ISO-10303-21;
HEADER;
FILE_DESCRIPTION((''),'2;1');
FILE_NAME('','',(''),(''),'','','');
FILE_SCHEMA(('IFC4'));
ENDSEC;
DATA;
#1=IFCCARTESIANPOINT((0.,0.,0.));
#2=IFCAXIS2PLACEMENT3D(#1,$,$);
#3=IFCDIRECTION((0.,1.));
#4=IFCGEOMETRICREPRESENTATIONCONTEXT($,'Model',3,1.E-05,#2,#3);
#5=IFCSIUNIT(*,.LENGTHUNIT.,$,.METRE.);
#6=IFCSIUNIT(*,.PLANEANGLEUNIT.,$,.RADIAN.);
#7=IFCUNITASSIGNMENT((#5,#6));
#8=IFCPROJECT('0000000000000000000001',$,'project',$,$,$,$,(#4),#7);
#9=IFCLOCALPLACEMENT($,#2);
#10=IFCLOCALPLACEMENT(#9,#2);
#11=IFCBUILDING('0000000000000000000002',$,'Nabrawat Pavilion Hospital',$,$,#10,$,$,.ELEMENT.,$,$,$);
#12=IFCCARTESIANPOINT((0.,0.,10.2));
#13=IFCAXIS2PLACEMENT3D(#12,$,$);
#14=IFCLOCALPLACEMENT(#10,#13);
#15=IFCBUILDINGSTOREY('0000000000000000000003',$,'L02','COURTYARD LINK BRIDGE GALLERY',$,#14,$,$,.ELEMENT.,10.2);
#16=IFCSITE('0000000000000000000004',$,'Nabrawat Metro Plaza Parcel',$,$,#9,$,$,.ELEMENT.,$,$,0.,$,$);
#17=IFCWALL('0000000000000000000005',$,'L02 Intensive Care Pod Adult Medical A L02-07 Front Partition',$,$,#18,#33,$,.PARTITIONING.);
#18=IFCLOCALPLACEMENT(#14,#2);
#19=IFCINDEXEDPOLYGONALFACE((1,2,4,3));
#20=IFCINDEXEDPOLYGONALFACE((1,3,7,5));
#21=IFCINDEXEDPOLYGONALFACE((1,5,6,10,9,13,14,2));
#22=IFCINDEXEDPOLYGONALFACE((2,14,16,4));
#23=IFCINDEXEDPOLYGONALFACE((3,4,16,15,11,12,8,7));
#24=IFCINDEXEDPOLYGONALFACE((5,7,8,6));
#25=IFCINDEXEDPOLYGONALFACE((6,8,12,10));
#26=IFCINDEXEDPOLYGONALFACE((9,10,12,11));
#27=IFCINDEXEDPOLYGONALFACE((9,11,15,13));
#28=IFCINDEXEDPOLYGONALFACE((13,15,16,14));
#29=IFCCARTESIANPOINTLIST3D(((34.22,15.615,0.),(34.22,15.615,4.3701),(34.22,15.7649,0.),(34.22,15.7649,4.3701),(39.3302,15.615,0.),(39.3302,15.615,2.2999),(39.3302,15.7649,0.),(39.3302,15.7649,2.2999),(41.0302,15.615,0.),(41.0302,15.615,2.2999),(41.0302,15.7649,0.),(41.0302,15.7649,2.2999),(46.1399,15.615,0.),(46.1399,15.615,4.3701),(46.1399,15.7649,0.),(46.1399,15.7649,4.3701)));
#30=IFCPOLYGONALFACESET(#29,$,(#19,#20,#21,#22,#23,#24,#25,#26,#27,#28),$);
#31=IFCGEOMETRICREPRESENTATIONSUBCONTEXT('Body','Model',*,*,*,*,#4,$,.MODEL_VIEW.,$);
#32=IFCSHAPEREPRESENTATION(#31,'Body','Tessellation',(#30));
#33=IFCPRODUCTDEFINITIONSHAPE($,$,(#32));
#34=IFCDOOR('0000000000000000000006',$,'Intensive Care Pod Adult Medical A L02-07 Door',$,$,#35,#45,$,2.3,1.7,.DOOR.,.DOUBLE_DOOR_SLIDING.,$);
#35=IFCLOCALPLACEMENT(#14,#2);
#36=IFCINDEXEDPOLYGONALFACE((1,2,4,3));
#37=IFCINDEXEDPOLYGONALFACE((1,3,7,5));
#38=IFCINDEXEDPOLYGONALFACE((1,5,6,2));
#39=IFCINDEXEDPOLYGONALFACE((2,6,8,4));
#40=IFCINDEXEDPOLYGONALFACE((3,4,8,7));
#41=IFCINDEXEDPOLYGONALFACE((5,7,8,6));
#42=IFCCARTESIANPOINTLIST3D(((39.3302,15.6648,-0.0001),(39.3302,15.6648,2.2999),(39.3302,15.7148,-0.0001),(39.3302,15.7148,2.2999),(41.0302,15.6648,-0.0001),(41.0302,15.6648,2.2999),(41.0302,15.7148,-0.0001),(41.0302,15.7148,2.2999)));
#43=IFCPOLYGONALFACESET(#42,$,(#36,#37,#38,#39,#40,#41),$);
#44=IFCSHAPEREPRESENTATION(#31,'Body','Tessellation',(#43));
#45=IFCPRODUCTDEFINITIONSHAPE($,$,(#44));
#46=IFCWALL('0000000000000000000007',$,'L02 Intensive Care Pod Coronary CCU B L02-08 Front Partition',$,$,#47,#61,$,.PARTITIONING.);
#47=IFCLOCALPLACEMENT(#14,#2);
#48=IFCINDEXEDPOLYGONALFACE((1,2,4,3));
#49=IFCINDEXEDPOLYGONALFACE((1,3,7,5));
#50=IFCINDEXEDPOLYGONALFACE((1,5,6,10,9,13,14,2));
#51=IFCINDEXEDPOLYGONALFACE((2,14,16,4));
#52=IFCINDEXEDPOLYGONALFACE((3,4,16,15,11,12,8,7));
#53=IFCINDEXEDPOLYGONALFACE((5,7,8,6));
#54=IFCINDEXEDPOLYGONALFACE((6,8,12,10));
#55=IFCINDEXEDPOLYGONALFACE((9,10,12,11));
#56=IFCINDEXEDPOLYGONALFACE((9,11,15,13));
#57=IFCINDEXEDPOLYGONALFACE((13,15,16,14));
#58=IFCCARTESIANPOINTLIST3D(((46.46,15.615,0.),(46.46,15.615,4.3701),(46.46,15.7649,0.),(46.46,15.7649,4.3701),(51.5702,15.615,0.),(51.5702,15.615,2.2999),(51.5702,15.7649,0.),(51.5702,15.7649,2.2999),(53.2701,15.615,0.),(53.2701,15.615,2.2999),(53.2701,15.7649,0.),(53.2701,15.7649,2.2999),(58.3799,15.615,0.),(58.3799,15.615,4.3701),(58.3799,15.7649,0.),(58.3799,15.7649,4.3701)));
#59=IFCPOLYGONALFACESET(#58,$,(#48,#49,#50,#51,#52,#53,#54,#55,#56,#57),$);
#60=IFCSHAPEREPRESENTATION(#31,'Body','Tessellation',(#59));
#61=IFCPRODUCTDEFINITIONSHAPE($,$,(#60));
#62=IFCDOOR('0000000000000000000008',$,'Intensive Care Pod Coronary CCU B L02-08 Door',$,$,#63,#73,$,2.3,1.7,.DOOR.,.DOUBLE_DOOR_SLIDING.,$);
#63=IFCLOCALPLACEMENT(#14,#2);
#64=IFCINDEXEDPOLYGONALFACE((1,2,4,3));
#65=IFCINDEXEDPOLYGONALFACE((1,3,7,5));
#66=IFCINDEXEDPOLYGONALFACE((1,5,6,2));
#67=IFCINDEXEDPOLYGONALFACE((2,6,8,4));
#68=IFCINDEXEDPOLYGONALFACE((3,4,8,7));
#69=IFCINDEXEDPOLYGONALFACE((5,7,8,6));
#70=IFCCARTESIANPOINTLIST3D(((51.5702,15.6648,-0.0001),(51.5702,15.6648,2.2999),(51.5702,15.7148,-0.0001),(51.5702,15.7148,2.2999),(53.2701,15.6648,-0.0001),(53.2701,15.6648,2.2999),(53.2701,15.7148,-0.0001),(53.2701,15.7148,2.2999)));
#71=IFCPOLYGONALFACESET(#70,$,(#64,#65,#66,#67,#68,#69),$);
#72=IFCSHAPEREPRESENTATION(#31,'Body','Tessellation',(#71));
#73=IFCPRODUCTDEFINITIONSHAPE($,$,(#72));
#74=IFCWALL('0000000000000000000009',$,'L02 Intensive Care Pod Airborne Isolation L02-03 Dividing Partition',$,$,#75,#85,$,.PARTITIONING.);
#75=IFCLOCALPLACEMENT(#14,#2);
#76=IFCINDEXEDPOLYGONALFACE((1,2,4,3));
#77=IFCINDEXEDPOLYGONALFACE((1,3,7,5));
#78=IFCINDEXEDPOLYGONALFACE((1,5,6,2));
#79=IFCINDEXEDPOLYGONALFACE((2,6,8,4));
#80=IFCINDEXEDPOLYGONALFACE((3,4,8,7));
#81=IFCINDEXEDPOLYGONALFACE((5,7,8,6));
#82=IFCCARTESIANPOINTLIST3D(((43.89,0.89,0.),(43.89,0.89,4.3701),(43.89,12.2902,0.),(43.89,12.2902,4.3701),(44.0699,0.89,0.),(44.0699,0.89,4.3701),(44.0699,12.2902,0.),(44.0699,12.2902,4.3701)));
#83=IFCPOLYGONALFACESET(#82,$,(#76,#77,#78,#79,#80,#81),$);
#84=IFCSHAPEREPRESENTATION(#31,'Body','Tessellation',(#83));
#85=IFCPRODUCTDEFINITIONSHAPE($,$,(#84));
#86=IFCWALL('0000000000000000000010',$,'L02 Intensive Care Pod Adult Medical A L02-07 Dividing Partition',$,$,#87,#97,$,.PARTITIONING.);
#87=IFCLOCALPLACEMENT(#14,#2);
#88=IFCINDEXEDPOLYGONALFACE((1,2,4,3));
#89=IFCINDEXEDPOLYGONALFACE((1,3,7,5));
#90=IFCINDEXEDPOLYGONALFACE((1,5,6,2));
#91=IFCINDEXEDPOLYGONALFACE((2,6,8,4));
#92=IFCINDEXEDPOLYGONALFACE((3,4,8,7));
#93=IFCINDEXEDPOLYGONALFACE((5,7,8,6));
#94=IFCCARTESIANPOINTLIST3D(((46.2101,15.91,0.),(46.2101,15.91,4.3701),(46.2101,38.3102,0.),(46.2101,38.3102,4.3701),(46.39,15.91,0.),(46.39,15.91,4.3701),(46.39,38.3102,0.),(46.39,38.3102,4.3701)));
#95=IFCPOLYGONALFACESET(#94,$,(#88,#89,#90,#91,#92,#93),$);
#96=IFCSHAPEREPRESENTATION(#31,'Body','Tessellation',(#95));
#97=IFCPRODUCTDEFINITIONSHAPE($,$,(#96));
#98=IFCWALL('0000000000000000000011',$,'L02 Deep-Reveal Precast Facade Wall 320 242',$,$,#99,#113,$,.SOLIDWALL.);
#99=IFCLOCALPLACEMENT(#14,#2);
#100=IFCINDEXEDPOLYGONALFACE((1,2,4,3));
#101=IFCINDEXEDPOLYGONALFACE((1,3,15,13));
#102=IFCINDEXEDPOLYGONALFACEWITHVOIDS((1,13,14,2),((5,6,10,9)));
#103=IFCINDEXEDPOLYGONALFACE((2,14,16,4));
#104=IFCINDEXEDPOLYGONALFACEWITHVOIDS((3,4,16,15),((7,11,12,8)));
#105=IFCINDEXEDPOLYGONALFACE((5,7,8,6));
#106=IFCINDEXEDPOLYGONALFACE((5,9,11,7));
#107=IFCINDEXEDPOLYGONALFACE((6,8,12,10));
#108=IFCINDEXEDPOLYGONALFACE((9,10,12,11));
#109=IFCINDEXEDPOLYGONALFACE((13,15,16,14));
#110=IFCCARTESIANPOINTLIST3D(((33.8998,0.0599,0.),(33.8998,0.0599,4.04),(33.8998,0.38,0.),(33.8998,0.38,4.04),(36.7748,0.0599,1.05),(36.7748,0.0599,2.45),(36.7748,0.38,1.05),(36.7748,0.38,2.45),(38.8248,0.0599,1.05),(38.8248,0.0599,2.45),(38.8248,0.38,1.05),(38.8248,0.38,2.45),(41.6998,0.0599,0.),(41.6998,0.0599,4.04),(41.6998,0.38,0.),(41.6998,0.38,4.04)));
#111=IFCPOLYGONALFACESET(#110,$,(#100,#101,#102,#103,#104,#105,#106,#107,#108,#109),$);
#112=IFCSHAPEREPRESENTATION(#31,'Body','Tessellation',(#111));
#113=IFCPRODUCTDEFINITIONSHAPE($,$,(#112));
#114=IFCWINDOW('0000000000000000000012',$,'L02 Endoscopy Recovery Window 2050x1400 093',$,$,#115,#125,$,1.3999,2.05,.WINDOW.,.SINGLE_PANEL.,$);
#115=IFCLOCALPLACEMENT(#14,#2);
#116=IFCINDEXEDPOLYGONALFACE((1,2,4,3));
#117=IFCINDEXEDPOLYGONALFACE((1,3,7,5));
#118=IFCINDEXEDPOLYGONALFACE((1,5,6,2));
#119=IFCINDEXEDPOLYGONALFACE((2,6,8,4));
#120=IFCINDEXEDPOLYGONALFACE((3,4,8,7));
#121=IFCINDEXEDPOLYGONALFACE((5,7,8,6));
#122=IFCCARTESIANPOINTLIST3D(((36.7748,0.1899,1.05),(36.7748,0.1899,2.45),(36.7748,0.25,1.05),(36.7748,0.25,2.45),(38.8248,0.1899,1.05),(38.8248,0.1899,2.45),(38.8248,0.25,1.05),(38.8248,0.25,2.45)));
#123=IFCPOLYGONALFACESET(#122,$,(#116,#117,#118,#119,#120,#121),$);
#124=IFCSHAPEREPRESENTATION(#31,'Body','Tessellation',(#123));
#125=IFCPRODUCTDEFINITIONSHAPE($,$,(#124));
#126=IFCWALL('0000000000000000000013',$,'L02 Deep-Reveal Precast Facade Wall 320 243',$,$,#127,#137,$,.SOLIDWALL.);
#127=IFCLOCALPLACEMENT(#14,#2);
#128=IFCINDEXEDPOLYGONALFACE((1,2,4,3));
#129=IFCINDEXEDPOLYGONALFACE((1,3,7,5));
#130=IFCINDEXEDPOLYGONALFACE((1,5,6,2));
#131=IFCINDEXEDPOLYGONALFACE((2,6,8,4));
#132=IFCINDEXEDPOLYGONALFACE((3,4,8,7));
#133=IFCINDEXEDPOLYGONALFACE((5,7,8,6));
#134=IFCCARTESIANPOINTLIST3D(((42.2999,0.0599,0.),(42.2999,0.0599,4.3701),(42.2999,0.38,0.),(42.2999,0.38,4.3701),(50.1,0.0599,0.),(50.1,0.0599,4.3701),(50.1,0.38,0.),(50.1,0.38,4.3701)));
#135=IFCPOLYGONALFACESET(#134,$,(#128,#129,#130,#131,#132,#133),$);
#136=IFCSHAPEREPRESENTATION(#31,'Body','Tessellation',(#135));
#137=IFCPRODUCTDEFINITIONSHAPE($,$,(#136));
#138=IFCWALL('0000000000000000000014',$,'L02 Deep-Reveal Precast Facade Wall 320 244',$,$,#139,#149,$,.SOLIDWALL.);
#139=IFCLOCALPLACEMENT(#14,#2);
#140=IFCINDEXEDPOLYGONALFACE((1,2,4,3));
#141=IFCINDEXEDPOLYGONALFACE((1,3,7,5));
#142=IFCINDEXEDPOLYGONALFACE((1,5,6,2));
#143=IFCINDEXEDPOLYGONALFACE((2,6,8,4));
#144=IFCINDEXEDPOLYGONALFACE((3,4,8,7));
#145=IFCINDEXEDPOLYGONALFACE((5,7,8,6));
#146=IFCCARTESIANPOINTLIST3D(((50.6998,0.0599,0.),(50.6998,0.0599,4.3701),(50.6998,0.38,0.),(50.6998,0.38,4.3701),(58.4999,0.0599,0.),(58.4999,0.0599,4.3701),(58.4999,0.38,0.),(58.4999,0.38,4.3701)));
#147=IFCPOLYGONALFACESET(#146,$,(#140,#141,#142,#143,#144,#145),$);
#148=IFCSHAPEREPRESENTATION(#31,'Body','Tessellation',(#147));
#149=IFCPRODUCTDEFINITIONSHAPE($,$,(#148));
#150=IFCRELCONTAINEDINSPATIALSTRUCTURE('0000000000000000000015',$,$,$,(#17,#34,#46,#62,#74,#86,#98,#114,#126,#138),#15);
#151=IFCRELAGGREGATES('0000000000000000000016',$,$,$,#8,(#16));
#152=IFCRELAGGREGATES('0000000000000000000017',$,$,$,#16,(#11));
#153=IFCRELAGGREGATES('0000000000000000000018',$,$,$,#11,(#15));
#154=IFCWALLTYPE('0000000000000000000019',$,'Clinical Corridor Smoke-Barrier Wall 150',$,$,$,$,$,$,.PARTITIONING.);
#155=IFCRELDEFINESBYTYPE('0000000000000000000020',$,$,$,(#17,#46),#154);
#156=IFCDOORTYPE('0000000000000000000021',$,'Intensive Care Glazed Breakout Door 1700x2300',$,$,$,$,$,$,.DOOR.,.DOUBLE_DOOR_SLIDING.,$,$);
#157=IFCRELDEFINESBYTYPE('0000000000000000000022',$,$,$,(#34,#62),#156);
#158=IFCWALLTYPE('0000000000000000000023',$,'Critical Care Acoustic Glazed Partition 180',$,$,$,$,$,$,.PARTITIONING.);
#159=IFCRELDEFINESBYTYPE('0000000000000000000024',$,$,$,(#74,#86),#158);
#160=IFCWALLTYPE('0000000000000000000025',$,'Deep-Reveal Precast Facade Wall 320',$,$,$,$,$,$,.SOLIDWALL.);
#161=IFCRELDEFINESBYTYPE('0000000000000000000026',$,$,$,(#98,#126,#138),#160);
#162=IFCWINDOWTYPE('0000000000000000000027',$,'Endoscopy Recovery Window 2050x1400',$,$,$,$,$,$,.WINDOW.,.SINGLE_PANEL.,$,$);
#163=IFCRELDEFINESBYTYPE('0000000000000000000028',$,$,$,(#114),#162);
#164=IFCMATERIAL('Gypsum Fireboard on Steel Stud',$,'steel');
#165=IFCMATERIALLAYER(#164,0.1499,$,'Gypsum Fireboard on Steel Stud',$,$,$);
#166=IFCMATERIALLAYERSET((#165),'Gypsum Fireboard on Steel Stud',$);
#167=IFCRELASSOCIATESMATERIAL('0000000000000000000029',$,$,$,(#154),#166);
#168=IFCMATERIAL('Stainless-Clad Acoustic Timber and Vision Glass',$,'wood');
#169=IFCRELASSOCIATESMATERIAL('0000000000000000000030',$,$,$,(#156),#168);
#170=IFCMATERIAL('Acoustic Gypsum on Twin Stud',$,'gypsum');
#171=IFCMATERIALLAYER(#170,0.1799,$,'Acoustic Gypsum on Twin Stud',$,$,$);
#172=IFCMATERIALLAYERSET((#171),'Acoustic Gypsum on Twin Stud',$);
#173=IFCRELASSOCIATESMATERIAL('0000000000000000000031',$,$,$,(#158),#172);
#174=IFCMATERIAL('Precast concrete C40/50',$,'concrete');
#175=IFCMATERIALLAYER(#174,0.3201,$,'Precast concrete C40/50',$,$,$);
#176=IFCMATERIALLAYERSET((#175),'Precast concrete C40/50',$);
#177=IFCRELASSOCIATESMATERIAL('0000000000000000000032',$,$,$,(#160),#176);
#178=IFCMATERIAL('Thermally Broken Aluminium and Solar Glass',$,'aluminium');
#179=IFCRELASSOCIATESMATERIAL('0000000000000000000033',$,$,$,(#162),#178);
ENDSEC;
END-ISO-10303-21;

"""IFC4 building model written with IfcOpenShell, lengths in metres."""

from ifc_helpers import new_model, si_unit, direction, frame, frame_2d, origin, place, context, subcontext, project, spatial, rectangle, extrude, material, layer, layer_set, type_object, element, fill, save


model = new_model("IFC4")

# Units and contexts
model_context = context("Model", 3, precision=1e-05, world=origin(), true_north=direction((0.0, 1.0)))
body_context = subcontext(model_context, "Body", "Model", "MODEL_VIEW")
ifc_project = project(units=[si_unit("LENGTHUNIT", "METRE"), si_unit("PLANEANGLEUNIT", "RADIAN")], contexts=[model_context])

# Site, building, storey
site_placement = place(None, origin())
site = spatial("IfcSite", under=ifc_project, at=site_placement, Name="Nabrawat Metro Plaza Parcel", CompositionType="ELEMENT", RefElevation=0.0)
building_placement = place(site_placement, origin())
building = spatial("IfcBuilding", under=site, at=building_placement, Name="Nabrawat Pavilion Hospital", CompositionType="ELEMENT")
storey_placement = place(building_placement, frame((0.0, 0.0, 10.2)))
storey = spatial("IfcBuildingStorey", under=building, at=storey_placement, Name="L02", Description="COURTYARD LINK BRIDGE GALLERY", CompositionType="ELEMENT", Elevation=10.2)

# Walls, openings, doors
ifc_material_1 = material(Name="Gypsum Fireboard on Steel Stud", Category="steel")
ifc_layer_1 = layer(ifc_material_1, 0.1499, Name="Gypsum Fireboard on Steel Stud")
ifc_layer_set_1 = layer_set([ifc_layer_1], Name="Gypsum Fireboard on Steel Stud")
wall_type_1 = type_object("IfcWallType", Name="Clinical Corridor Smoke-Barrier Wall 150", PredefinedType="PARTITIONING", material=ifc_layer_set_1)
ifc_material_2 = material(Name="Stainless-Clad Acoustic Timber and Vision Glass", Category="wood")
wall_1_placement = place(storey_placement, frame((34.22, 15.6899, 0.0), z_axis=(0.0, 0.0, 1.0), x_axis=(1.0, 0.0, 0.0)))
wall_1 = element("IfcWall", 1, at=wall_1_placement, inside=storey, type_object=wall_type_1, Name="L02 Intensive Care Pod Adult Medical A L02-07 Front Partition", PredefinedType="PARTITIONING", context=body_context, shape_type="SweptSolid", body=[
    extrude(rectangle(XDim=11.9199, YDim=0.1499, at=frame_2d((5.96, 0.0))), origin(), (0.0, 0.0, 1.0), 4.3701),
])
opening_1_placement = place(wall_1_placement, frame((5.1101, 0.0, 0.0)))
opening_1 = element("IfcOpeningElement", 2, at=opening_1_placement, cuts=wall_1, PredefinedType="OPENING", context=body_context, shape_type="SweptSolid", body=[
    extrude(rectangle(XDim=1.7, YDim=2.3, at=frame_2d((0.8501, 1.1499))), frame((0.0, 0.085, 0.0), z_axis=(0.0, -1.0, 0.0), x_axis=(1.0, 0.0, 0.0)), (0.0, 0.0, 1.0), 0.1699),
])
door_type_1 = type_object("IfcDoorType", Name="Intensive Care Glazed Breakout Door 1700x2300", OperationType="DOUBLE_DOOR_SLIDING", PredefinedType="DOOR", material=ifc_material_2)
door_1_placement = place(opening_1_placement, origin())
door_1 = element("IfcDoor", 3, at=door_1_placement, inside=storey, type_object=door_type_1, Name="Intensive Care Pod Adult Medical A L02-07 Door", OperationType="DOUBLE_DOOR_SLIDING", OverallHeight=2.3, OverallWidth=1.7, PredefinedType="DOOR", context=body_context, shape_type="SweptSolid", body=[
    extrude(rectangle(XDim=1.7, YDim=2.3, at=frame_2d((0.8501, 1.1499))), frame((0.0, 0.0249, 0.0), z_axis=(0.0, -1.0, 0.0), x_axis=(1.0, 0.0, 0.0)), (0.0, 0.0, 1.0), 0.05),
])
fill(opening_1, door_1)
wall_2_placement = place(storey_placement, frame((46.46, 15.6899, 0.0), z_axis=(0.0, 0.0, 1.0), x_axis=(1.0, 0.0, 0.0)))
wall_2 = element("IfcWall", 4, at=wall_2_placement, inside=storey, type_object=wall_type_1, Name="L02 Intensive Care Pod Coronary CCU B L02-08 Front Partition", PredefinedType="PARTITIONING", context=body_context, shape_type="SweptSolid", body=[
    extrude(rectangle(XDim=11.9199, YDim=0.1499, at=frame_2d((5.96, 0.0))), origin(), (0.0, 0.0, 1.0), 4.3701),
])
opening_2_placement = place(wall_2_placement, frame((5.1101, 0.0, 0.0)))
opening_2 = element("IfcOpeningElement", 5, at=opening_2_placement, cuts=wall_2, PredefinedType="OPENING", context=body_context, shape_type="SweptSolid", body=[
    extrude(rectangle(XDim=1.7, YDim=2.3, at=frame_2d((0.8501, 1.1499))), frame((0.0, 0.085, 0.0), z_axis=(0.0, -1.0, 0.0), x_axis=(1.0, 0.0, 0.0)), (0.0, 0.0, 1.0), 0.1699),
])
door_2_placement = place(opening_2_placement, origin())
door_2 = element("IfcDoor", 6, at=door_2_placement, inside=storey, type_object=door_type_1, Name="Intensive Care Pod Coronary CCU B L02-08 Door", OperationType="DOUBLE_DOOR_SLIDING", OverallHeight=2.3, OverallWidth=1.7, PredefinedType="DOOR", context=body_context, shape_type="SweptSolid", body=[
    extrude(rectangle(XDim=1.7, YDim=2.3, at=frame_2d((0.8501, 1.1499))), frame((0.0, 0.0249, 0.0), z_axis=(0.0, -1.0, 0.0), x_axis=(1.0, 0.0, 0.0)), (0.0, 0.0, 1.0), 0.05),
])
fill(opening_2, door_2)

# Walls
ifc_material_3 = material(Name="Acoustic Gypsum on Twin Stud", Category="gypsum")
ifc_layer_2 = layer(ifc_material_3, 0.1799, Name="Acoustic Gypsum on Twin Stud")
ifc_layer_set_2 = layer_set([ifc_layer_2], Name="Acoustic Gypsum on Twin Stud")
wall_type_2 = type_object("IfcWallType", Name="Critical Care Acoustic Glazed Partition 180", PredefinedType="PARTITIONING", material=ifc_layer_set_2)
wall_3_placement = place(storey_placement, frame((43.98, 0.8899, 0.0), z_axis=(0.0, 0.0, 1.0), x_axis=(0.0, 1.0, 0.0)))
element("IfcWall", 7, at=wall_3_placement, inside=storey, type_object=wall_type_2, Name="L02 Intensive Care Pod Airborne Isolation L02-03 Dividing Partition", PredefinedType="PARTITIONING", context=body_context, shape_type="SweptSolid", body=[
    extrude(rectangle(XDim=11.4001, YDim=0.1799, at=frame_2d((5.7002, 0.0))), origin(), (0.0, 0.0, 1.0), 4.3701),
])
wall_4_placement = place(storey_placement, frame((46.3, 15.9099, 0.0), z_axis=(0.0, 0.0, 1.0), x_axis=(0.0, 1.0, 0.0)))
element("IfcWall", 8, at=wall_4_placement, inside=storey, type_object=wall_type_2, Name="L02 Intensive Care Pod Adult Medical A L02-07 Dividing Partition", PredefinedType="PARTITIONING", context=body_context, shape_type="SweptSolid", body=[
    extrude(rectangle(XDim=22.4001, YDim=0.1799, at=frame_2d((11.2002, 0.0))), origin(), (0.0, 0.0, 1.0), 4.3701),
])

# Wall, opening, window
ifc_material_4 = material(Name="Precast concrete C40/50", Category="concrete")
ifc_layer_3 = layer(ifc_material_4, 0.3201, Name="Precast concrete C40/50")
ifc_layer_set_3 = layer_set([ifc_layer_3], Name="Precast concrete C40/50")
wall_type_3 = type_object("IfcWallType", Name="Deep-Reveal Precast Facade Wall 320", PredefinedType="SOLIDWALL", material=ifc_layer_set_3)
wall_5_placement = place(storey_placement, frame((33.8999, 0.22, 0.0), z_axis=(0.0, 0.0, 1.0), x_axis=(1.0, 0.0, 0.0)))
wall_5 = element("IfcWall", 9, at=wall_5_placement, inside=storey, type_object=wall_type_3, Name="L02 Deep-Reveal Precast Facade Wall 320 242", PredefinedType="SOLIDWALL", context=body_context, shape_type="SweptSolid", body=[
    extrude(rectangle(XDim=7.8, YDim=0.3201, at=frame_2d((3.8999, 0.0))), origin(), (0.0, 0.0, 1.0), 4.04),
])
opening_3_placement = place(wall_5_placement, frame((2.875, 0.0, 1.05)))
opening_3 = element("IfcOpeningElement", 10, at=opening_3_placement, cuts=wall_5, PredefinedType="OPENING", context=body_context, shape_type="SweptSolid", body=[
    extrude(rectangle(XDim=2.05, YDim=1.3999, at=frame_2d((1.0249, 0.7))), frame((0.0, 0.1699, 0.0), z_axis=(0.0, -1.0, 0.0), x_axis=(1.0, 0.0, 0.0)), (0.0, 0.0, 1.0), 0.3401),
])
ifc_material_5 = material(Name="Thermally Broken Aluminium and Solar Glass", Category="aluminium")
window_type_1 = type_object("IfcWindowType", Name="Endoscopy Recovery Window 2050x1400", PartitioningType="SINGLE_PANEL", PredefinedType="WINDOW", material=ifc_material_5)
window_1_placement = place(opening_3_placement, origin())
window_1 = element("IfcWindow", 11, at=window_1_placement, inside=storey, type_object=window_type_1, Name="L02 Endoscopy Recovery Window 2050x1400 093", OverallHeight=1.3999, OverallWidth=2.05, PartitioningType="SINGLE_PANEL", PredefinedType="WINDOW", context=body_context, shape_type="SweptSolid", body=[
    extrude(rectangle(XDim=2.05, YDim=1.3999, at=frame_2d((1.0249, 0.7))), frame((0.0, 0.03, 0.0), z_axis=(0.0, -1.0, 0.0), x_axis=(1.0, 0.0, 0.0)), (0.0, 0.0, 1.0), 0.0601),
])
fill(opening_3, window_1)

# Walls
for number, where, z_axis, x_axis, name in (
    (12, (42.3, 0.22, 0.0), (0.0, 0.0, 1.0), (1.0, 0.0, 0.0), "L02 Deep-Reveal Precast Facade Wall 320 243"),
    (13, (50.7, 0.22, 0.0), (0.0, 0.0, 1.0), (1.0, 0.0, 0.0), "L02 Deep-Reveal Precast Facade Wall 320 244"),
):
    element("IfcWall", number, at=place(storey_placement, frame(where, z_axis=z_axis, x_axis=x_axis)), inside=storey, type_object=wall_type_3, Name=name, PredefinedType="SOLIDWALL", context=body_context, shape_type="SweptSolid", body=[
        extrude(rectangle(XDim=7.8, YDim=0.3201, at=frame_2d((3.8999, 0.0))), origin(), (0.0, 0.0, 1.0), 4.3701),
    ])

save(model, "model.ifc")
